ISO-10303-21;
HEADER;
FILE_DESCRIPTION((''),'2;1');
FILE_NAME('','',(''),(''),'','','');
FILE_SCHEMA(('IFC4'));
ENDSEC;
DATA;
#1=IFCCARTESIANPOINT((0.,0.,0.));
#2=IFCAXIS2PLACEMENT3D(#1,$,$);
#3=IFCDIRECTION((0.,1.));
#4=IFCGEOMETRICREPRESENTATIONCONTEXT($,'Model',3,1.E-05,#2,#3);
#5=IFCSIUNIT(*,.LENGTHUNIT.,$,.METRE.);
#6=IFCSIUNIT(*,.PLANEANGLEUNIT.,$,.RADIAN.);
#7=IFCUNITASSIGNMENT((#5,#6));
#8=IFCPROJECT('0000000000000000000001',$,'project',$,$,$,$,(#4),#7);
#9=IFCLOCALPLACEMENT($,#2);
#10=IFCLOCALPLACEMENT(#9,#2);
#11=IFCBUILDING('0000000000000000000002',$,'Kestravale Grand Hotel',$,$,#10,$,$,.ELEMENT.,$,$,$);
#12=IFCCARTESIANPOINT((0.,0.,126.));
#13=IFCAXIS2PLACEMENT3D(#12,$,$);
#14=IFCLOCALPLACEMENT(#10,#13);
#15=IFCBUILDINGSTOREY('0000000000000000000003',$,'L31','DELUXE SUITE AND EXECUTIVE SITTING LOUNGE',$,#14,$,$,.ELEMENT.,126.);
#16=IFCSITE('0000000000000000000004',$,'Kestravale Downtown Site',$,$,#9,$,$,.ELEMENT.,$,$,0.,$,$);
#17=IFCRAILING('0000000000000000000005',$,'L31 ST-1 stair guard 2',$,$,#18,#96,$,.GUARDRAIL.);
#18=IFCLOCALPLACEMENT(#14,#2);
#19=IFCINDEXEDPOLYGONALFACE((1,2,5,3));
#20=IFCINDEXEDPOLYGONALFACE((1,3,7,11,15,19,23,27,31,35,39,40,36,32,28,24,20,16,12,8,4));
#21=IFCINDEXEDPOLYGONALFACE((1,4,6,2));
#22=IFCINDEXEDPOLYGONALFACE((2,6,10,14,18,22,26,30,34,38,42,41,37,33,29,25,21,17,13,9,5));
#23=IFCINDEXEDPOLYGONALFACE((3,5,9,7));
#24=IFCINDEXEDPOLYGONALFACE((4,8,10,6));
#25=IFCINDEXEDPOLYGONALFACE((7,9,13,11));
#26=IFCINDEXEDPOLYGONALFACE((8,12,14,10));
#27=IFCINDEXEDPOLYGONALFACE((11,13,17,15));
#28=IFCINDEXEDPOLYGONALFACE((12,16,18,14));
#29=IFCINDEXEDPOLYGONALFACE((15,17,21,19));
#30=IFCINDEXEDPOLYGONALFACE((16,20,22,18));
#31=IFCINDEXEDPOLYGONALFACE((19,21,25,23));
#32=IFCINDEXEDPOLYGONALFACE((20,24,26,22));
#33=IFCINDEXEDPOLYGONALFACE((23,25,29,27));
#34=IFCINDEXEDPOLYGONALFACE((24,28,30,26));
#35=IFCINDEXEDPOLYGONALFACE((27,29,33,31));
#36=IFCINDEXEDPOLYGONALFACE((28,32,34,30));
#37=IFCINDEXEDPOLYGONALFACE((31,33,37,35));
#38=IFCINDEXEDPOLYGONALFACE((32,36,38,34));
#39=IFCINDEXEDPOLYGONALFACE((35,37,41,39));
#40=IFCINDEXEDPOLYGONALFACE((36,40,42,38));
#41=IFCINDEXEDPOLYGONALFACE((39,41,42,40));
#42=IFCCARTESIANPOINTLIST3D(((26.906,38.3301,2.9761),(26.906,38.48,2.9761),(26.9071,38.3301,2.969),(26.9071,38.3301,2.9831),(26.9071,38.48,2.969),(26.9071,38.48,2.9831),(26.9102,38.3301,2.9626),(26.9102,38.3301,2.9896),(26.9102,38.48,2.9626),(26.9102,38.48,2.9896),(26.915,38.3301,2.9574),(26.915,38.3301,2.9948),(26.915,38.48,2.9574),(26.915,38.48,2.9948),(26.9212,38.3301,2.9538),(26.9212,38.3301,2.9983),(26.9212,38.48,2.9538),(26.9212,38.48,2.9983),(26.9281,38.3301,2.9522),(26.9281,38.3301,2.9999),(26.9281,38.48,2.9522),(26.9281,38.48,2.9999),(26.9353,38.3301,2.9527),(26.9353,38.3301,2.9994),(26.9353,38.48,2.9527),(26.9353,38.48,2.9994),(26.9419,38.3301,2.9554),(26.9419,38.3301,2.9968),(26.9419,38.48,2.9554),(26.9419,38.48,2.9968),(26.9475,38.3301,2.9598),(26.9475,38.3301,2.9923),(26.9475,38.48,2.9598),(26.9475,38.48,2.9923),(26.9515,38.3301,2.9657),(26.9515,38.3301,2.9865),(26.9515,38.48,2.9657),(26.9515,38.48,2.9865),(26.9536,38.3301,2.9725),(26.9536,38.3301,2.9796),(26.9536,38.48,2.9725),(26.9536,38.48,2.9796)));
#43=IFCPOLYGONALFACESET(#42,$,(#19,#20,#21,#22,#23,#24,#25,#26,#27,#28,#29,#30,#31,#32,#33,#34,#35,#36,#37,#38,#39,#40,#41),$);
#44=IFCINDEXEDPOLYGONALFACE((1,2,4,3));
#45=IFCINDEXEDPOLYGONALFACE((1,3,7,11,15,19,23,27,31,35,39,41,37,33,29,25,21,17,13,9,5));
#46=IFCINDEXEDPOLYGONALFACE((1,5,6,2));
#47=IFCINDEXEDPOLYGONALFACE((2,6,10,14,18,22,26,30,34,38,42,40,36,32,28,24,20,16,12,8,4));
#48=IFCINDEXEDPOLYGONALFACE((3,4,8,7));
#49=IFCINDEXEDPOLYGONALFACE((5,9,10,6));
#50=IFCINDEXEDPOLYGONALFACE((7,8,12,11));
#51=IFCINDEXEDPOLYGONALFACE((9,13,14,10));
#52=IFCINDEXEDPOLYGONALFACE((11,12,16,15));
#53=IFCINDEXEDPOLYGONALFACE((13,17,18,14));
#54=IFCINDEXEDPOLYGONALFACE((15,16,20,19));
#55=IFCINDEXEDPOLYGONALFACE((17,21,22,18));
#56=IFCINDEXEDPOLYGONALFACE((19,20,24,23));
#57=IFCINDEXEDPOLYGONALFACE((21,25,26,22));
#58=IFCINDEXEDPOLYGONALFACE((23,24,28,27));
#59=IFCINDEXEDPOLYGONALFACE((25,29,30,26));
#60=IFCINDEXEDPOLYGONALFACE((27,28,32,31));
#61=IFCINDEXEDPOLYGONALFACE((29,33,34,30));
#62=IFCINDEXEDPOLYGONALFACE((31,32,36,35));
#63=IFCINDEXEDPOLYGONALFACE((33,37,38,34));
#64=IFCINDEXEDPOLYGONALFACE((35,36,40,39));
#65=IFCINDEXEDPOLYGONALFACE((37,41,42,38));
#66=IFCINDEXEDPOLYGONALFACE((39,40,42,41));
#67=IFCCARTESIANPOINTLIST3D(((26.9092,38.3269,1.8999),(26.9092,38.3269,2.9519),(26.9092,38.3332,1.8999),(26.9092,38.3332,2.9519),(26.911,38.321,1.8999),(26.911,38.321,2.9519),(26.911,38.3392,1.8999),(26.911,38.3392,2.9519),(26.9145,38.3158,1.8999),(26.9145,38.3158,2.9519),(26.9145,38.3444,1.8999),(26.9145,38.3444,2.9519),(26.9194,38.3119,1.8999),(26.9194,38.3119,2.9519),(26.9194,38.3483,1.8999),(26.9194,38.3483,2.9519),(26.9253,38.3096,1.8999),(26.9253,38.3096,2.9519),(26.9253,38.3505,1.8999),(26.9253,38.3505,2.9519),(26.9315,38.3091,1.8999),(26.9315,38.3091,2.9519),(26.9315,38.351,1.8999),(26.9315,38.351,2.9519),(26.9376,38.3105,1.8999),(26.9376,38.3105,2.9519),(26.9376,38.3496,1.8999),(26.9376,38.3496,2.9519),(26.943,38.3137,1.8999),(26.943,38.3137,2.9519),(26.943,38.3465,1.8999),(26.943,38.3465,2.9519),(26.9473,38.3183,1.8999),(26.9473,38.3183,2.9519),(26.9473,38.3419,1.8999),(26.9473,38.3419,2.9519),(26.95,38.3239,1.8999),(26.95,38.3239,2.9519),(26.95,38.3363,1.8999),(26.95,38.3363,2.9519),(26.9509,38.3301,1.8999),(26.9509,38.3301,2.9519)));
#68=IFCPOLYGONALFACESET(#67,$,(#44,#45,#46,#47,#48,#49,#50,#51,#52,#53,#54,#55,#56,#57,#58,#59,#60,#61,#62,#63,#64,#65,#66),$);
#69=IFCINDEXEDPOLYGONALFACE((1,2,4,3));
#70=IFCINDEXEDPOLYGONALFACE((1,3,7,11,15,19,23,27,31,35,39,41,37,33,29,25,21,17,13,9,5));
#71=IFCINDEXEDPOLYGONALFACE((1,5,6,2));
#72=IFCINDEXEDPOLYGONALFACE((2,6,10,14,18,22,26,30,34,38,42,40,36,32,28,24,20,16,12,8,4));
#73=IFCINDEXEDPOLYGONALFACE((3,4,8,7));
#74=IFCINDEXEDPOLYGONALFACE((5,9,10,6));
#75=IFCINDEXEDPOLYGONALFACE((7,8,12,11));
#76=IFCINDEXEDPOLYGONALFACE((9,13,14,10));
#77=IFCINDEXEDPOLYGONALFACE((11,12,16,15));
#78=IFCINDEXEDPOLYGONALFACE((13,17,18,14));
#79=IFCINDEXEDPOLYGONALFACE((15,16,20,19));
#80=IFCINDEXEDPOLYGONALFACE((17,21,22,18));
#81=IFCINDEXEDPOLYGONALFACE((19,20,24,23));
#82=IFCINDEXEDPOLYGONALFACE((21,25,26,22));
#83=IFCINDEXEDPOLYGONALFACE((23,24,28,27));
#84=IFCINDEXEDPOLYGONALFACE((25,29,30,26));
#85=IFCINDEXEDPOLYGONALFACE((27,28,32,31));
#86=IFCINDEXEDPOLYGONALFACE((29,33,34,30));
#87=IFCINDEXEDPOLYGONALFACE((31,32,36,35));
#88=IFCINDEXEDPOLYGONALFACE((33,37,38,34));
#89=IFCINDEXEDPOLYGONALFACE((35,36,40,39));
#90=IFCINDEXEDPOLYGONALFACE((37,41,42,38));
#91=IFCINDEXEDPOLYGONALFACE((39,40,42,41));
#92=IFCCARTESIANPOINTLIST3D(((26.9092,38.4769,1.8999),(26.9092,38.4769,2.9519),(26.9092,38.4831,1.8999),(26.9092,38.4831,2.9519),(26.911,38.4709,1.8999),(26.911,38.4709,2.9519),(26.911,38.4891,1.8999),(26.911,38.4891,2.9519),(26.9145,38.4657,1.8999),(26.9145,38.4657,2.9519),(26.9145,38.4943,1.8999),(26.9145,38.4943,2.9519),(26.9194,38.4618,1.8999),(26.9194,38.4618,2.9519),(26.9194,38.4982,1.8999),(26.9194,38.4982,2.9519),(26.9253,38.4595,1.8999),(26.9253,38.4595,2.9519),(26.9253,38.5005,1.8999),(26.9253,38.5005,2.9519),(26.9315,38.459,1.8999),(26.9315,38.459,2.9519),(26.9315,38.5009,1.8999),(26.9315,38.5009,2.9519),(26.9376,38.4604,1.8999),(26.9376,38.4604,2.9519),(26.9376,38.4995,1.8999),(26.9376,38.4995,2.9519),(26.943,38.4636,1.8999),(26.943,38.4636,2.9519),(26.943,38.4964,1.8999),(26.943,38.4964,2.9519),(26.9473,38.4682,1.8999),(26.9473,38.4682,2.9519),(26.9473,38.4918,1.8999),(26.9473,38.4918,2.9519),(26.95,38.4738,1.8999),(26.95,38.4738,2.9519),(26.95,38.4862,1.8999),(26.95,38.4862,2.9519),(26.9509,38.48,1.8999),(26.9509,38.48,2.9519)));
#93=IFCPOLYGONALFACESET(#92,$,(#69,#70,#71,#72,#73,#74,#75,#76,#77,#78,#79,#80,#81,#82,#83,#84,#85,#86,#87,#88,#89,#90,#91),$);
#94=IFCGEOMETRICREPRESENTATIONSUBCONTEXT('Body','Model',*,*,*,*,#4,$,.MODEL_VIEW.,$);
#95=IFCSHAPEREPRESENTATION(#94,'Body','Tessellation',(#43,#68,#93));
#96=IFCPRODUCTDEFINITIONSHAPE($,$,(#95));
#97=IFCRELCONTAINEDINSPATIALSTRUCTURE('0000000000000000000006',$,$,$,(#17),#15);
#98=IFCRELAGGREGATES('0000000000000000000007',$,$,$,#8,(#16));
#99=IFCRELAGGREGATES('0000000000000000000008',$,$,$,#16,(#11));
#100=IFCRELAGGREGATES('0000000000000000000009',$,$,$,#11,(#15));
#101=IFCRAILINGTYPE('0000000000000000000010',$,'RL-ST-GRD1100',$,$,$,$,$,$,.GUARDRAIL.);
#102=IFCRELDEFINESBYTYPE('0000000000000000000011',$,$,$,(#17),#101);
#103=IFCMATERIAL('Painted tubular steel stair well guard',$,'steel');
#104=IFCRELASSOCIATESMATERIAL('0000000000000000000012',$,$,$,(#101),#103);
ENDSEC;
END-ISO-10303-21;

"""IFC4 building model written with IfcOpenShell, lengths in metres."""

from ifc_helpers import new_model, si_unit, direction, frame, origin, origin_2d, place, context, subcontext, project, spatial, circle, extrude, material, type_object, element, save


model = new_model("IFC4")

# Units and contexts
model_context = context("Model", 3, precision=1e-05, world=origin(), true_north=direction((0.0, 1.0)))
body_context = subcontext(model_context, "Body", "Model", "MODEL_VIEW")
ifc_project = project(units=[si_unit("LENGTHUNIT", "METRE"), si_unit("PLANEANGLEUNIT", "RADIAN")], contexts=[model_context])

# Site, building, storey
site_placement = place(None, origin())
site = spatial("IfcSite", under=ifc_project, at=site_placement, Name="Kestravale Downtown Site", CompositionType="ELEMENT", RefElevation=0.0)
building_placement = place(site_placement, origin())
building = spatial("IfcBuilding", under=site, at=building_placement, Name="Kestravale Grand Hotel", CompositionType="ELEMENT")
storey_placement = place(building_placement, frame((0.0, 0.0, 126.0)))
storey = spatial("IfcBuildingStorey", under=building, at=storey_placement, Name="L31", Description="DELUXE SUITE AND EXECUTIVE SITTING LOUNGE", CompositionType="ELEMENT", Elevation=126.0)

# Railing
ifc_material_1 = material(Name="Painted tubular steel stair well guard", Category="steel")
railing_type_1 = type_object("IfcRailingType", Name="RL-ST-GRD1100", PredefinedType="GUARDRAIL", material=ifc_material_1)
railing_1_placement = place(storey_placement, frame((26.9299, 38.3301, 1.8999)))
element("IfcRailing", 1, at=railing_1_placement, inside=storey, type_object=railing_type_1, Name="L31 ST-1 stair guard 2", PredefinedType="GUARDRAIL", context=body_context, shape_type="SweptSolid", body=[
    extrude(circle(Radius=0.0239, at=origin_2d()), frame((0.0, 0.0, 1.0762), z_axis=(0.0, 1.0, 0.0), x_axis=(-1.0, 0.0, 0.0)), (0.0, 0.0, 1.0), 0.1499),
    extrude(circle(Radius=0.021, at=origin_2d()), origin(), (0.0, 0.0, 1.0), 1.052),
    extrude(circle(Radius=0.021, at=origin_2d()), frame((0.0, 0.1499, 0.0)), (0.0, 0.0, 1.0), 1.052),
])

save(model, "model.ifc")
